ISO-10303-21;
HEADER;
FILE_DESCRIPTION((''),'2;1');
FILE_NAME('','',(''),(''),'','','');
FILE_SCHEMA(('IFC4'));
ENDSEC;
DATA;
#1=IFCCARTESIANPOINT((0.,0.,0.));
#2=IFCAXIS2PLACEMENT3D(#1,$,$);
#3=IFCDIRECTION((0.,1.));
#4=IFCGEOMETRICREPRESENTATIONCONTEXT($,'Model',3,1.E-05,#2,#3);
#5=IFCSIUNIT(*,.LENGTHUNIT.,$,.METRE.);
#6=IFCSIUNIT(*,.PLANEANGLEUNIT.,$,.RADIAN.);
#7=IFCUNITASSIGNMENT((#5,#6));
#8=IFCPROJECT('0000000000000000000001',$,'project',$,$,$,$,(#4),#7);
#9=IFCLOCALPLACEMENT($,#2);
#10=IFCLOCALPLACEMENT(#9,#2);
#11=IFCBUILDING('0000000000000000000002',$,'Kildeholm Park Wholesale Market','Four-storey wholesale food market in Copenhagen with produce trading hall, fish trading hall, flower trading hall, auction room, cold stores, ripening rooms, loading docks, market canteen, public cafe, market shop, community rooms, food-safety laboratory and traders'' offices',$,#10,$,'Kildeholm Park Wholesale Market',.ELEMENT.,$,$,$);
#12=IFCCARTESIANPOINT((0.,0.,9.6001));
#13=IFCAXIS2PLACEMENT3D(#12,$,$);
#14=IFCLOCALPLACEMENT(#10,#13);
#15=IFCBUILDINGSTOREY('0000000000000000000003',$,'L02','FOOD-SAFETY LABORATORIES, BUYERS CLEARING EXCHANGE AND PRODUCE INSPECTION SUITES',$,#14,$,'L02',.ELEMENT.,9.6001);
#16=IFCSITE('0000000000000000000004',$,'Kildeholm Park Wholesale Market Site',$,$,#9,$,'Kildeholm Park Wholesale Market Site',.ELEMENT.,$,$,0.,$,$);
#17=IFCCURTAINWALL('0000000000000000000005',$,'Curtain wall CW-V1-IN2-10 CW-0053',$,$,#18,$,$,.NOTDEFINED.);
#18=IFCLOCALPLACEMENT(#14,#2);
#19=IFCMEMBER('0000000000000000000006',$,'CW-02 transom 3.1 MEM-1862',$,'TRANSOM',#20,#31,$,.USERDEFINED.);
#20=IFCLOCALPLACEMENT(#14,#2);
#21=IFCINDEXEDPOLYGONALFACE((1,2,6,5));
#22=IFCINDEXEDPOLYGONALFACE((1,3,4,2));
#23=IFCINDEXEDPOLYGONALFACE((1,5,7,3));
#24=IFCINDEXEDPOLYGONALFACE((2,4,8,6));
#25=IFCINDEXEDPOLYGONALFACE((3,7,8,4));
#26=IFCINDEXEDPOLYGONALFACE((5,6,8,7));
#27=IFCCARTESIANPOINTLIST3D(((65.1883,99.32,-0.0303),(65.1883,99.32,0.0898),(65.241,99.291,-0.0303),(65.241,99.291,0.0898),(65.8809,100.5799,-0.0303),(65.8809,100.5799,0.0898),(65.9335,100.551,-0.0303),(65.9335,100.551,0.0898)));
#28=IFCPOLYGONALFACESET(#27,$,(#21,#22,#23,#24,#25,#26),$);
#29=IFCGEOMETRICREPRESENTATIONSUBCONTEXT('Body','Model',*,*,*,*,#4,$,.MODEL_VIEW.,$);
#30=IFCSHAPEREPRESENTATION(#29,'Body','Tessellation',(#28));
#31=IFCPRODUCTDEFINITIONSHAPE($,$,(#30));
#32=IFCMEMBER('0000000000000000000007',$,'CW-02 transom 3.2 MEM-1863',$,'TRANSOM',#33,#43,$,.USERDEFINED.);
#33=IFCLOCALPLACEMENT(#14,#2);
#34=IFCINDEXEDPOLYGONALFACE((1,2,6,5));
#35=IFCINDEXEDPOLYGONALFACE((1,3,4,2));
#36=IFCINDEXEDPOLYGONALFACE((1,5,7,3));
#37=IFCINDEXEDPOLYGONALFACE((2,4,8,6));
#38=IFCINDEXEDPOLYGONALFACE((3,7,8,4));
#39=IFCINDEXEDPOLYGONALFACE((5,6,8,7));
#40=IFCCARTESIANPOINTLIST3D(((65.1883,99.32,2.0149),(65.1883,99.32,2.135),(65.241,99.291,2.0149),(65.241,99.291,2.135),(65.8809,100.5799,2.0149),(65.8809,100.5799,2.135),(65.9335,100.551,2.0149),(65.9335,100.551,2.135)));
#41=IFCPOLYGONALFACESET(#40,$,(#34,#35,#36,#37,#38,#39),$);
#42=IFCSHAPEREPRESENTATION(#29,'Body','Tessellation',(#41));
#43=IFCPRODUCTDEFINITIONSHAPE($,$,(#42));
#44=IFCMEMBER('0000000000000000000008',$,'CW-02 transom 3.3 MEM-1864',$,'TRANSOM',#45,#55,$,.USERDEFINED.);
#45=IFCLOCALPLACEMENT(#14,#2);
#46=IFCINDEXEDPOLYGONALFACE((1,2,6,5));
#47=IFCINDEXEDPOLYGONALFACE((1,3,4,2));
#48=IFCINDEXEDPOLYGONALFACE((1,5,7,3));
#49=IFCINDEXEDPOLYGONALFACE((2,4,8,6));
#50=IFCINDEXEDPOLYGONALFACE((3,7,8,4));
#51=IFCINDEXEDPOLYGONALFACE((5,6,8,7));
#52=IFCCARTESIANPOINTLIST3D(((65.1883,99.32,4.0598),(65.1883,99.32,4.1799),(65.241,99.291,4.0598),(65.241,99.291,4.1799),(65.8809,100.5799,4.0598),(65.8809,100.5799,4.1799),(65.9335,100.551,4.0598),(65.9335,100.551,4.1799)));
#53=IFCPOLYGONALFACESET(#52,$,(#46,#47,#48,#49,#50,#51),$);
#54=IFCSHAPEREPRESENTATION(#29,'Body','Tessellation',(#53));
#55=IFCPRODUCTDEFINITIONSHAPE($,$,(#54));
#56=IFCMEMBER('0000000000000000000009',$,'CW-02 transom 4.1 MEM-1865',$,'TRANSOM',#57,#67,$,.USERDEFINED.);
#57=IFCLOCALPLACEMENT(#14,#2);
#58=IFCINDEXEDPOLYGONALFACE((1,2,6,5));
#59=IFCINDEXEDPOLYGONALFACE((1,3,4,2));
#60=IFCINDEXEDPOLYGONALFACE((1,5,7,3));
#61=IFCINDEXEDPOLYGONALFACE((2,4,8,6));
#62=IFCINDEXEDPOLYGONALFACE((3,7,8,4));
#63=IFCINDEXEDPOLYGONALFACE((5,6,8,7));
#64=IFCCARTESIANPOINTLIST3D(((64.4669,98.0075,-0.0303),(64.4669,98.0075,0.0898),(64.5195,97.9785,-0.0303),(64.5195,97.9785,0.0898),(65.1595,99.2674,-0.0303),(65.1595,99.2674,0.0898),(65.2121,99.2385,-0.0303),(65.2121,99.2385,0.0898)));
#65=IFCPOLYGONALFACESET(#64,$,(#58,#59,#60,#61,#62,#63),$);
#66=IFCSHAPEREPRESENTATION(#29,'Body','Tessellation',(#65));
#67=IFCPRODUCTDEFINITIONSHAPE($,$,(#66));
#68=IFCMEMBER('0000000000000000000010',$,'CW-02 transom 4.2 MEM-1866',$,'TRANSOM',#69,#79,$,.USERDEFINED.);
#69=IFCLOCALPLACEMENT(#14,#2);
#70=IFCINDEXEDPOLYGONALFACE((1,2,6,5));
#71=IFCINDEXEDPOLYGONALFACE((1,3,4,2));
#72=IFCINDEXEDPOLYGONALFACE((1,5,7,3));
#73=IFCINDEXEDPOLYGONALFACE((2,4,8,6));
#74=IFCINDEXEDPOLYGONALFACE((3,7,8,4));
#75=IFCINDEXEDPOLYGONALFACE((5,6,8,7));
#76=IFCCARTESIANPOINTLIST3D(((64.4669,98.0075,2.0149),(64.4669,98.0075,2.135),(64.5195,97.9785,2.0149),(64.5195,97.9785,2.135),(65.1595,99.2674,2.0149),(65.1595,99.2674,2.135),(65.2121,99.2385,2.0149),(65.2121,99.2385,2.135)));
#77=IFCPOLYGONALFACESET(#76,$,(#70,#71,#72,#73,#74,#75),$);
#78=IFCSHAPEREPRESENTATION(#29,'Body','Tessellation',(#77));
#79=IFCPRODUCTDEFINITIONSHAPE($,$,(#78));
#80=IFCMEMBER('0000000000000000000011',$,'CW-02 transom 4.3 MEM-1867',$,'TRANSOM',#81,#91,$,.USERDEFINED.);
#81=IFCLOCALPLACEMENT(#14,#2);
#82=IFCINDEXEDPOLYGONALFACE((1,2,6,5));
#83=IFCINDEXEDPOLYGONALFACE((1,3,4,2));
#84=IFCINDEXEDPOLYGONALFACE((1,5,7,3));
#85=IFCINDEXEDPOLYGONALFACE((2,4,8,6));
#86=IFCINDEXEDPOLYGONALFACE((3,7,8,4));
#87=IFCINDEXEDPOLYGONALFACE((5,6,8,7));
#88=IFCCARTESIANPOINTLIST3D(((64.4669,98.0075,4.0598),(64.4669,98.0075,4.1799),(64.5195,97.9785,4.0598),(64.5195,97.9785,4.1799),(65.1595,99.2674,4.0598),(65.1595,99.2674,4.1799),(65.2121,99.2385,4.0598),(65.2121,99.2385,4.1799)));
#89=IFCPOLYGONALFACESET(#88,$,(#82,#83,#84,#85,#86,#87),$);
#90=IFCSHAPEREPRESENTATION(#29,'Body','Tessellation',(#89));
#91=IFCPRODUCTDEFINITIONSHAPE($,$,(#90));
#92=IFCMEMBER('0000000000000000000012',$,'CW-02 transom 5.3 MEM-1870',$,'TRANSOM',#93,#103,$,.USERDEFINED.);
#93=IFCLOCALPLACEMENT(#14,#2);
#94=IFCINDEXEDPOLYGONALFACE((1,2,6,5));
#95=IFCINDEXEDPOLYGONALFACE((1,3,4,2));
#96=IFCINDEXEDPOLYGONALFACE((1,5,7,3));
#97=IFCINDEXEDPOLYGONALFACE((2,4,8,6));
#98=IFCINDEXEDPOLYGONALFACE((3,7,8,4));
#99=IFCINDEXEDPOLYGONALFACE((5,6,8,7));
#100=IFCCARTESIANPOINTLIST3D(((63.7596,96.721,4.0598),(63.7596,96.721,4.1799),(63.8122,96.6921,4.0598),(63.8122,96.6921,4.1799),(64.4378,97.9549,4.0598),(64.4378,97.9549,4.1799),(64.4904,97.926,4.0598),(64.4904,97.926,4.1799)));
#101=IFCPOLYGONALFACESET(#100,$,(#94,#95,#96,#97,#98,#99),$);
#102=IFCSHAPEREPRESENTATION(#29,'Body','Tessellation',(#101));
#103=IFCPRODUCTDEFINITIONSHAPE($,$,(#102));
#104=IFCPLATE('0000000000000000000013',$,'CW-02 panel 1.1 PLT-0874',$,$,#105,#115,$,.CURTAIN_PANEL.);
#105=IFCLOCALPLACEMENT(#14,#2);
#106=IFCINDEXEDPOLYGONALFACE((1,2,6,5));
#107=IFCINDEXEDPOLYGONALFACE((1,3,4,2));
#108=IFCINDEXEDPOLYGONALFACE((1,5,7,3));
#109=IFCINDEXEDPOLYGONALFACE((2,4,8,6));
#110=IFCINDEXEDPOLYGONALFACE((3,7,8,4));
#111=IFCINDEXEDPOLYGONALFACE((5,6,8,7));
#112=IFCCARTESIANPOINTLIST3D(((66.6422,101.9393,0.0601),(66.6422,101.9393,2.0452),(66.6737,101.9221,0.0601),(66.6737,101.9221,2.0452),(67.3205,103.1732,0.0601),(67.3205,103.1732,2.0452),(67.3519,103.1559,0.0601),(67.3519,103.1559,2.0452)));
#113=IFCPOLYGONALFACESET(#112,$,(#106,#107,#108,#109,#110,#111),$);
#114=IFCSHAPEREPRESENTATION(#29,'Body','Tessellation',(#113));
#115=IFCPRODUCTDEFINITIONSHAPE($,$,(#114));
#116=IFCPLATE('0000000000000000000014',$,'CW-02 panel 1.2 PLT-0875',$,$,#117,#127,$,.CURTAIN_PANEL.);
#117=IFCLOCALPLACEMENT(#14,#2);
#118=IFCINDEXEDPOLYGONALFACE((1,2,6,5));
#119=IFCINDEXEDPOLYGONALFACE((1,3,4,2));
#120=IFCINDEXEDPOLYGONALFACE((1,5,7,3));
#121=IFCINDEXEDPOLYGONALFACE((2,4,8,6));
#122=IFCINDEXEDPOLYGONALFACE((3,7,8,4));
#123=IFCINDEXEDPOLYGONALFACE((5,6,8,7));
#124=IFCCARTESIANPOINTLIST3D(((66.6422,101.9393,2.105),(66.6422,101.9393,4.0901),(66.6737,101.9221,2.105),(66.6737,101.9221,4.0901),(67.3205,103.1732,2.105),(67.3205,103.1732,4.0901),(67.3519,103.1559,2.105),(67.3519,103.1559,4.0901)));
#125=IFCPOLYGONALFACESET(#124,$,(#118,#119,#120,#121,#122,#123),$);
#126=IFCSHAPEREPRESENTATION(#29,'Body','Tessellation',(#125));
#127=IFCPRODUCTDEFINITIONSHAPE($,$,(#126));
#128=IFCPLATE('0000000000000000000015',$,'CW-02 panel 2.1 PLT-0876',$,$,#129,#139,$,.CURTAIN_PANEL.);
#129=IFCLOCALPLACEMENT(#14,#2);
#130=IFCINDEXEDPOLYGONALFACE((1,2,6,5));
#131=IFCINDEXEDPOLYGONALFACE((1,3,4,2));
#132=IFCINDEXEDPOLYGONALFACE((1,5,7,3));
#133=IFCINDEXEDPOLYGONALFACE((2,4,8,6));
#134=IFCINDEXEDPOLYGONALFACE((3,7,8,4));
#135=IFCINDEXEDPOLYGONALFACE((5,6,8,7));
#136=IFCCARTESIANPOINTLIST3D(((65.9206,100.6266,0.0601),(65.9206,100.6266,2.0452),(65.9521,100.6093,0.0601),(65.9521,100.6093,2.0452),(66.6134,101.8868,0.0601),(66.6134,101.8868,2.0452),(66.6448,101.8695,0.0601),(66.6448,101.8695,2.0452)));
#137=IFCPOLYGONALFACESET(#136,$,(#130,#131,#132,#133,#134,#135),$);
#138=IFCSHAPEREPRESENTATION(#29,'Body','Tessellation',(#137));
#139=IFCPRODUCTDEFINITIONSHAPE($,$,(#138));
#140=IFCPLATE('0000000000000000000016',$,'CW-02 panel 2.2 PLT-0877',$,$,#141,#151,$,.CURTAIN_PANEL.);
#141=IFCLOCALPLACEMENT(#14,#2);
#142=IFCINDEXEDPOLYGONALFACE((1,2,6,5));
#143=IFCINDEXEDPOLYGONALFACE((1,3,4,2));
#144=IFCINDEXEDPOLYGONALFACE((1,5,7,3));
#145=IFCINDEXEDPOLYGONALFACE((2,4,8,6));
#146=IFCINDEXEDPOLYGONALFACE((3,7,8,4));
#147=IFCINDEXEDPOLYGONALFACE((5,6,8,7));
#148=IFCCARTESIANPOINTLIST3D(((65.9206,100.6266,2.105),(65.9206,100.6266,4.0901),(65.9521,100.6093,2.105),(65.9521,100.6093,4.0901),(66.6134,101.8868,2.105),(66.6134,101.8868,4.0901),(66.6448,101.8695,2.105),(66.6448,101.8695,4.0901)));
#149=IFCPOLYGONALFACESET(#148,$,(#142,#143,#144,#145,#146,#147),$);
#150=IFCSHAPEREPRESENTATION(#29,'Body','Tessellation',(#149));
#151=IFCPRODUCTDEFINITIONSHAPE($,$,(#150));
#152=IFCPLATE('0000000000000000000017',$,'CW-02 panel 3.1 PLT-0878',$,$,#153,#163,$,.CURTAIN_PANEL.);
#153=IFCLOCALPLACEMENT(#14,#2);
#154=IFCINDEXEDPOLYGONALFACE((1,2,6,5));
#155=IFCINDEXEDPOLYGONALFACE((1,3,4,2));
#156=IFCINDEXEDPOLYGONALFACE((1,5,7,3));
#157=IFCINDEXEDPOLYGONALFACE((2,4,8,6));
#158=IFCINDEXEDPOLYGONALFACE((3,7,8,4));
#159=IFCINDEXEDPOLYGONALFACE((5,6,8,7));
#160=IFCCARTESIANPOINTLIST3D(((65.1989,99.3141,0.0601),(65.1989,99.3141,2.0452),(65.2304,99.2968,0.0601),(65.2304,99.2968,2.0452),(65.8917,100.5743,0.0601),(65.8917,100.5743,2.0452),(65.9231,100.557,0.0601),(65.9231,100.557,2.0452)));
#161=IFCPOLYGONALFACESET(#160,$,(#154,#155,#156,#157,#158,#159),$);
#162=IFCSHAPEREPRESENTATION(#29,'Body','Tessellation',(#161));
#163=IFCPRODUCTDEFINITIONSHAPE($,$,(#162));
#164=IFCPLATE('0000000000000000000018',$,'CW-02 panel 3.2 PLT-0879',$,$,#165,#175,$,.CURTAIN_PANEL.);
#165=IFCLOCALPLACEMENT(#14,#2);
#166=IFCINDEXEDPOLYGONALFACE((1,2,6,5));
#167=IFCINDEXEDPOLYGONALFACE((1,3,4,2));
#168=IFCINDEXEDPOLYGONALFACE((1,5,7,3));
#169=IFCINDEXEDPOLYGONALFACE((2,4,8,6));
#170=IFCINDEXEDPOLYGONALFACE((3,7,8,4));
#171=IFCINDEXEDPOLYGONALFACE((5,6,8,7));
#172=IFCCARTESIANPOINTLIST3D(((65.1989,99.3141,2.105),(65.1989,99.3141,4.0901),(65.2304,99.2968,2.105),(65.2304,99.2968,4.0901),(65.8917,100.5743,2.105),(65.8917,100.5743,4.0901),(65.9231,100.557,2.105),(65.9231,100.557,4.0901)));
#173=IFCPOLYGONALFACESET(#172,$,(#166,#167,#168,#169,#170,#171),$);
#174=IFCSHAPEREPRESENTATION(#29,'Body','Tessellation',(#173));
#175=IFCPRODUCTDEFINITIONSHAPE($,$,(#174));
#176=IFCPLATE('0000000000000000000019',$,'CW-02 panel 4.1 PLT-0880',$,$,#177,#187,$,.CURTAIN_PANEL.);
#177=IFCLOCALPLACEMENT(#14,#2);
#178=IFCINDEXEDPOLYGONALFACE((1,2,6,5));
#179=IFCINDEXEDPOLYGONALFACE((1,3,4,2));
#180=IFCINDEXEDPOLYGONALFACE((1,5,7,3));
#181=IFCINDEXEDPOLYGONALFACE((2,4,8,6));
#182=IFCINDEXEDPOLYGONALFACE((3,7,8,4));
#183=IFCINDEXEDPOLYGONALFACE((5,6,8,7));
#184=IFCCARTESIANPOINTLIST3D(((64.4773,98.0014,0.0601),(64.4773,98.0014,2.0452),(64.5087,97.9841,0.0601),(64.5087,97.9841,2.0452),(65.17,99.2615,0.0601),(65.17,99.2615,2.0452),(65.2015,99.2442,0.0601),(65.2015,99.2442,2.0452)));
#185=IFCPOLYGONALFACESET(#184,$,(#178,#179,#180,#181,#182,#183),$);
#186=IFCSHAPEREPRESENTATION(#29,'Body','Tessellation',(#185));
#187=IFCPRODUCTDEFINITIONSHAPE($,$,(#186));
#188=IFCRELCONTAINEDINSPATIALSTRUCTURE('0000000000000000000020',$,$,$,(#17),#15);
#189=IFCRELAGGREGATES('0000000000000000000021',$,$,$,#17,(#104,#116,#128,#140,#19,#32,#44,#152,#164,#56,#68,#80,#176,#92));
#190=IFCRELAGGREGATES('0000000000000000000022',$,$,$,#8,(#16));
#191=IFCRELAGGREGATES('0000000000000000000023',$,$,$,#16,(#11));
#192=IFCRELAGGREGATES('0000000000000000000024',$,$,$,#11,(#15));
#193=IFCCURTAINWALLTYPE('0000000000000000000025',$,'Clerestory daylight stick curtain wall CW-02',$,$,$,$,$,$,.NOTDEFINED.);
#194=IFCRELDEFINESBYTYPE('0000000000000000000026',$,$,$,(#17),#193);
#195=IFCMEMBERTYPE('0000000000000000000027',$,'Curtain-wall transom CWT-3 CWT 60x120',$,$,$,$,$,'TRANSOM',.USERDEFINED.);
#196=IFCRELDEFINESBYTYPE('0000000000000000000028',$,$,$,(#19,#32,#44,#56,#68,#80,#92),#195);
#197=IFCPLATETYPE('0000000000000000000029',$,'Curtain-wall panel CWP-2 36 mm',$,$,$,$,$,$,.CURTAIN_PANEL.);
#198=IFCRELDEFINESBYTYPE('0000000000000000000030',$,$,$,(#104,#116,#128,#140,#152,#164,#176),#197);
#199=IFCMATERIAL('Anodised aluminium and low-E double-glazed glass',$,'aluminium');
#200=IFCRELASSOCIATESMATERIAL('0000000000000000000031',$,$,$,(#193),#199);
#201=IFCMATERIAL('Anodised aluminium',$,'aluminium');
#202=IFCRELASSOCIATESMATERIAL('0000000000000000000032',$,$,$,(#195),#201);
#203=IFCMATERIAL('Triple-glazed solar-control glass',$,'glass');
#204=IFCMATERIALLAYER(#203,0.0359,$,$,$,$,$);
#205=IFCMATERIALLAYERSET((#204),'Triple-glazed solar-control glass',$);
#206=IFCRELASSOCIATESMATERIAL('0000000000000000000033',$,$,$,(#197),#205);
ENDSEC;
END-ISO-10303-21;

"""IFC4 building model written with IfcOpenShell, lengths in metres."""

from ifc_helpers import new_model, si_unit, direction, frame, origin, origin_2d, place, context, subcontext, project, spatial, rectangle, extrude, material, layer, layer_set, material_profile, profile_set, type_object, element, aggregate, save


model = new_model("IFC4")

# Units and contexts
model_context = context("Model", 3, precision=1e-05, world=origin(), true_north=direction((0.0, 1.0)))
body_context = subcontext(model_context, "Body", "Model", "MODEL_VIEW")
ifc_project = project(units=[si_unit("LENGTHUNIT", "METRE"), si_unit("PLANEANGLEUNIT", "RADIAN")], contexts=[model_context])

# Site, building, storey
site_placement = place(None, origin())
site = spatial("IfcSite", under=ifc_project, at=site_placement, Name="Kildeholm Park Wholesale Market Site", LongName="Kildeholm Park Wholesale Market Site", CompositionType="ELEMENT", RefElevation=0.0)
building_placement = place(site_placement, origin())
building = spatial("IfcBuilding", under=site, at=building_placement, Name="Kildeholm Park Wholesale Market", Description="Four-storey wholesale food market in Copenhagen with produce trading hall, fish trading hall, flower trading hall, auction room, cold stores, ripening rooms, loading docks, market canteen, public cafe, market shop, community rooms, food-safety laboratory and traders' offices", LongName="Kildeholm Park Wholesale Market", CompositionType="ELEMENT")
storey_placement = place(building_placement, frame((0.0, 0.0, 9.6001)))
storey = spatial("IfcBuildingStorey", under=building, at=storey_placement, Name="L02", Description="FOOD-SAFETY LABORATORIES, BUYERS CLEARING EXCHANGE AND PRODUCE INSPECTION SUITES", LongName="L02", CompositionType="ELEMENT", Elevation=9.6001)

# Curtain wall, members, plates
ifc_material_1 = material(Name="Anodised aluminium and low-E double-glazed glass", Category="aluminium")
curtain_wall_type = type_object("IfcCurtainWallType", Name="Clerestory daylight stick curtain wall CW-02", PredefinedType="NOTDEFINED", material=ifc_material_1)
curtain_wall_placement = place(storey_placement, origin())
curtain_wall = element("IfcCurtainWall", 1, at=curtain_wall_placement, inside=storey, type_object=curtain_wall_type, Name="Curtain wall CW-V1-IN2-10 CW-0053", PredefinedType="NOTDEFINED")
ifc_material_2 = material(Name="Anodised aluminium", Category="aluminium")
ifc_material_profile_1 = material_profile(ifc_material_2, rectangle(XDim=0.0601, YDim=0.1201, at=origin_2d()), Name="CWT 60x120")
ifc_profile_set_1 = profile_set([ifc_material_profile_1], Name="Anodised aluminium")
member_type_1 = type_object("IfcMemberType", Name="Curtain-wall transom CWT-3 CWT 60x120", ElementType="TRANSOM", PredefinedType="USERDEFINED", material=ifc_profile_set_1)
member_1_placement = place(storey_placement, frame((65.9072, 100.5654, 0.0298), z_axis=(-0.481717, -0.876327, 0.0), x_axis=(0.876327, -0.481717, 0.0)))
member_1 = element("IfcMember", 2, at=member_1_placement, type_object=member_type_1, Name="CW-02 transom 3.1 MEM-1862", ObjectType="TRANSOM", PredefinedType="USERDEFINED", context=body_context, shape_type="SweptSolid", body=[
    extrude(rectangle(XDim=0.0601, YDim=0.1201, at=origin_2d()), origin(), (0.0, 0.0, 1.0), 1.4377),
])
member_2_placement = place(storey_placement, frame((65.9072, 100.5654, 2.075), z_axis=(-0.481717, -0.876327, 0.0), x_axis=(0.876327, -0.481717, 0.0)))
member_2 = element("IfcMember", 3, at=member_2_placement, type_object=member_type_1, Name="CW-02 transom 3.2 MEM-1863", ObjectType="TRANSOM", PredefinedType="USERDEFINED", context=body_context, shape_type="SweptSolid", body=[
    extrude(rectangle(XDim=0.0601, YDim=0.1201, at=origin_2d()), origin(), (0.0, 0.0, 1.0), 1.4377),
])
member_3_placement = place(storey_placement, frame((65.9072, 100.5654, 4.1199), z_axis=(-0.481717, -0.876327, 0.0), x_axis=(0.876327, -0.481717, 0.0)))
member_3 = element("IfcMember", 4, at=member_3_placement, type_object=member_type_1, Name="CW-02 transom 3.3 MEM-1864", ObjectType="TRANSOM", PredefinedType="USERDEFINED", context=body_context, shape_type="SweptSolid", body=[
    extrude(rectangle(XDim=0.0601, YDim=0.1201, at=origin_2d()), origin(), (0.0, 0.0, 1.0), 1.4377),
])
member_4_placement = place(storey_placement, frame((65.1858, 99.2529, 0.0298), z_axis=(-0.481717, -0.876327, 0.0), x_axis=(0.876327, -0.481717, 0.0)))
member_4 = element("IfcMember", 5, at=member_4_placement, type_object=member_type_1, Name="CW-02 transom 4.1 MEM-1865", ObjectType="TRANSOM", PredefinedType="USERDEFINED", context=body_context, shape_type="SweptSolid", body=[
    extrude(rectangle(XDim=0.0601, YDim=0.1201, at=origin_2d()), origin(), (0.0, 0.0, 1.0), 1.4377),
])
member_5_placement = place(storey_placement, frame((65.1858, 99.2529, 2.075), z_axis=(-0.481717, -0.876327, 0.0), x_axis=(0.876327, -0.481717, 0.0)))
member_5 = element("IfcMember", 6, at=member_5_placement, type_object=member_type_1, Name="CW-02 transom 4.2 MEM-1866", ObjectType="TRANSOM", PredefinedType="USERDEFINED", context=body_context, shape_type="SweptSolid", body=[
    extrude(rectangle(XDim=0.0601, YDim=0.1201, at=origin_2d()), origin(), (0.0, 0.0, 1.0), 1.4377),
])
member_6_placement = place(storey_placement, frame((65.1858, 99.2529, 4.1199), z_axis=(-0.481717, -0.876327, 0.0), x_axis=(0.876327, -0.481717, 0.0)))
member_6 = element("IfcMember", 7, at=member_6_placement, type_object=member_type_1, Name="CW-02 transom 4.3 MEM-1867", ObjectType="TRANSOM", PredefinedType="USERDEFINED", context=body_context, shape_type="SweptSolid", body=[
    extrude(rectangle(XDim=0.0601, YDim=0.1201, at=origin_2d()), origin(), (0.0, 0.0, 1.0), 1.4377),
])
member_7_placement = place(storey_placement, frame((64.4641, 97.9404, 4.1199), z_axis=(-0.481692, -0.87634, 0.0), x_axis=(0.87634, -0.481692, 0.0)))
member_7 = element("IfcMember", 8, at=member_7_placement, type_object=member_type_1, Name="CW-02 transom 5.3 MEM-1870", ObjectType="TRANSOM", PredefinedType="USERDEFINED", context=body_context, shape_type="SweptSolid", body=[
    extrude(rectangle(XDim=0.0601, YDim=0.1201, at=origin_2d()), origin(), (0.0, 0.0, 1.0), 1.408),
])
ifc_material_3 = material(Name="Triple-glazed solar-control glass", Category="glass")
ifc_layer_1 = layer(ifc_material_3, 0.0359)
ifc_layer_set_1 = layer_set([ifc_layer_1], Name="Triple-glazed solar-control glass")
plate_type = type_object("IfcPlateType", Name="Curtain-wall panel CWP-2 36 mm", PredefinedType="CURTAIN_PANEL", material=ifc_layer_set_1)
plate_1_placement = place(storey_placement, frame((66.9971, 102.5476, 0.0601), z_axis=(0.0, 0.0, 1.0), x_axis=(-0.48175, -0.876309, 0.0)))
plate_1 = element("IfcPlate", 9, at=plate_1_placement, type_object=plate_type, Name="CW-02 panel 1.1 PLT-0874", PredefinedType="CURTAIN_PANEL", context=body_context, shape_type="SweptSolid", body=[
    extrude(rectangle(XDim=1.408, YDim=0.0359, at=origin_2d()), origin(), (0.0, 0.0, 1.0), 1.9851),
])
plate_2_placement = place(storey_placement, frame((66.9971, 102.5476, 2.105), z_axis=(0.0, 0.0, 1.0), x_axis=(-0.48175, -0.876309, 0.0)))
plate_2 = element("IfcPlate", 10, at=plate_2_placement, type_object=plate_type, Name="CW-02 panel 1.2 PLT-0875", PredefinedType="CURTAIN_PANEL", context=body_context, shape_type="SweptSolid", body=[
    extrude(rectangle(XDim=1.408, YDim=0.0359, at=origin_2d()), origin(), (0.0, 0.0, 1.0), 1.9851),
])
plate_3_placement = place(storey_placement, frame((66.2827, 101.248, 0.0601), z_axis=(0.0, 0.0, 1.0), x_axis=(-0.48175, -0.876309, 0.0)))
plate_3 = element("IfcPlate", 11, at=plate_3_placement, type_object=plate_type, Name="CW-02 panel 2.1 PLT-0876", PredefinedType="CURTAIN_PANEL", context=body_context, shape_type="SweptSolid", body=[
    extrude(rectangle(XDim=1.438, YDim=0.0359, at=origin_2d()), origin(), (0.0, 0.0, 1.0), 1.9851),
])
plate_4_placement = place(storey_placement, frame((66.2827, 101.248, 2.105), z_axis=(0.0, 0.0, 1.0), x_axis=(-0.48175, -0.876309, 0.0)))
plate_4 = element("IfcPlate", 12, at=plate_4_placement, type_object=plate_type, Name="CW-02 panel 2.2 PLT-0877", PredefinedType="CURTAIN_PANEL", context=body_context, shape_type="SweptSolid", body=[
    extrude(rectangle(XDim=1.438, YDim=0.0359, at=origin_2d()), origin(), (0.0, 0.0, 1.0), 1.9851),
])
plate_5_placement = place(storey_placement, frame((65.561, 99.9355, 0.0601), z_axis=(0.0, 0.0, 1.0), x_axis=(-0.48175, -0.876309, 0.0)))
plate_5 = element("IfcPlate", 13, at=plate_5_placement, type_object=plate_type, Name="CW-02 panel 3.1 PLT-0878", PredefinedType="CURTAIN_PANEL", context=body_context, shape_type="SweptSolid", body=[
    extrude(rectangle(XDim=1.438, YDim=0.0359, at=origin_2d()), origin(), (0.0, 0.0, 1.0), 1.9851),
])
plate_6_placement = place(storey_placement, frame((65.561, 99.9355, 2.105), z_axis=(0.0, 0.0, 1.0), x_axis=(-0.48175, -0.876309, 0.0)))
plate_6 = element("IfcPlate", 14, at=plate_6_placement, type_object=plate_type, Name="CW-02 panel 3.2 PLT-0879", PredefinedType="CURTAIN_PANEL", context=body_context, shape_type="SweptSolid", body=[
    extrude(rectangle(XDim=1.438, YDim=0.0359, at=origin_2d()), origin(), (0.0, 0.0, 1.0), 1.9851),
])
plate_7_placement = place(storey_placement, frame((64.8394, 98.6228, 0.0601), z_axis=(0.0, 0.0, 1.0), x_axis=(-0.48175, -0.876309, 0.0)))
plate_7 = element("IfcPlate", 15, at=plate_7_placement, type_object=plate_type, Name="CW-02 panel 4.1 PLT-0880", PredefinedType="CURTAIN_PANEL", context=body_context, shape_type="SweptSolid", body=[
    extrude(rectangle(XDim=1.438, YDim=0.0359, at=origin_2d()), origin(), (0.0, 0.0, 1.0), 1.9851),
])
aggregate(curtain_wall, [plate_1, plate_2, plate_3, plate_4, member_1, member_2, member_3, plate_5, plate_6, member_4, member_5, member_6, plate_7, member_7])

save(model, "model.ifc")
